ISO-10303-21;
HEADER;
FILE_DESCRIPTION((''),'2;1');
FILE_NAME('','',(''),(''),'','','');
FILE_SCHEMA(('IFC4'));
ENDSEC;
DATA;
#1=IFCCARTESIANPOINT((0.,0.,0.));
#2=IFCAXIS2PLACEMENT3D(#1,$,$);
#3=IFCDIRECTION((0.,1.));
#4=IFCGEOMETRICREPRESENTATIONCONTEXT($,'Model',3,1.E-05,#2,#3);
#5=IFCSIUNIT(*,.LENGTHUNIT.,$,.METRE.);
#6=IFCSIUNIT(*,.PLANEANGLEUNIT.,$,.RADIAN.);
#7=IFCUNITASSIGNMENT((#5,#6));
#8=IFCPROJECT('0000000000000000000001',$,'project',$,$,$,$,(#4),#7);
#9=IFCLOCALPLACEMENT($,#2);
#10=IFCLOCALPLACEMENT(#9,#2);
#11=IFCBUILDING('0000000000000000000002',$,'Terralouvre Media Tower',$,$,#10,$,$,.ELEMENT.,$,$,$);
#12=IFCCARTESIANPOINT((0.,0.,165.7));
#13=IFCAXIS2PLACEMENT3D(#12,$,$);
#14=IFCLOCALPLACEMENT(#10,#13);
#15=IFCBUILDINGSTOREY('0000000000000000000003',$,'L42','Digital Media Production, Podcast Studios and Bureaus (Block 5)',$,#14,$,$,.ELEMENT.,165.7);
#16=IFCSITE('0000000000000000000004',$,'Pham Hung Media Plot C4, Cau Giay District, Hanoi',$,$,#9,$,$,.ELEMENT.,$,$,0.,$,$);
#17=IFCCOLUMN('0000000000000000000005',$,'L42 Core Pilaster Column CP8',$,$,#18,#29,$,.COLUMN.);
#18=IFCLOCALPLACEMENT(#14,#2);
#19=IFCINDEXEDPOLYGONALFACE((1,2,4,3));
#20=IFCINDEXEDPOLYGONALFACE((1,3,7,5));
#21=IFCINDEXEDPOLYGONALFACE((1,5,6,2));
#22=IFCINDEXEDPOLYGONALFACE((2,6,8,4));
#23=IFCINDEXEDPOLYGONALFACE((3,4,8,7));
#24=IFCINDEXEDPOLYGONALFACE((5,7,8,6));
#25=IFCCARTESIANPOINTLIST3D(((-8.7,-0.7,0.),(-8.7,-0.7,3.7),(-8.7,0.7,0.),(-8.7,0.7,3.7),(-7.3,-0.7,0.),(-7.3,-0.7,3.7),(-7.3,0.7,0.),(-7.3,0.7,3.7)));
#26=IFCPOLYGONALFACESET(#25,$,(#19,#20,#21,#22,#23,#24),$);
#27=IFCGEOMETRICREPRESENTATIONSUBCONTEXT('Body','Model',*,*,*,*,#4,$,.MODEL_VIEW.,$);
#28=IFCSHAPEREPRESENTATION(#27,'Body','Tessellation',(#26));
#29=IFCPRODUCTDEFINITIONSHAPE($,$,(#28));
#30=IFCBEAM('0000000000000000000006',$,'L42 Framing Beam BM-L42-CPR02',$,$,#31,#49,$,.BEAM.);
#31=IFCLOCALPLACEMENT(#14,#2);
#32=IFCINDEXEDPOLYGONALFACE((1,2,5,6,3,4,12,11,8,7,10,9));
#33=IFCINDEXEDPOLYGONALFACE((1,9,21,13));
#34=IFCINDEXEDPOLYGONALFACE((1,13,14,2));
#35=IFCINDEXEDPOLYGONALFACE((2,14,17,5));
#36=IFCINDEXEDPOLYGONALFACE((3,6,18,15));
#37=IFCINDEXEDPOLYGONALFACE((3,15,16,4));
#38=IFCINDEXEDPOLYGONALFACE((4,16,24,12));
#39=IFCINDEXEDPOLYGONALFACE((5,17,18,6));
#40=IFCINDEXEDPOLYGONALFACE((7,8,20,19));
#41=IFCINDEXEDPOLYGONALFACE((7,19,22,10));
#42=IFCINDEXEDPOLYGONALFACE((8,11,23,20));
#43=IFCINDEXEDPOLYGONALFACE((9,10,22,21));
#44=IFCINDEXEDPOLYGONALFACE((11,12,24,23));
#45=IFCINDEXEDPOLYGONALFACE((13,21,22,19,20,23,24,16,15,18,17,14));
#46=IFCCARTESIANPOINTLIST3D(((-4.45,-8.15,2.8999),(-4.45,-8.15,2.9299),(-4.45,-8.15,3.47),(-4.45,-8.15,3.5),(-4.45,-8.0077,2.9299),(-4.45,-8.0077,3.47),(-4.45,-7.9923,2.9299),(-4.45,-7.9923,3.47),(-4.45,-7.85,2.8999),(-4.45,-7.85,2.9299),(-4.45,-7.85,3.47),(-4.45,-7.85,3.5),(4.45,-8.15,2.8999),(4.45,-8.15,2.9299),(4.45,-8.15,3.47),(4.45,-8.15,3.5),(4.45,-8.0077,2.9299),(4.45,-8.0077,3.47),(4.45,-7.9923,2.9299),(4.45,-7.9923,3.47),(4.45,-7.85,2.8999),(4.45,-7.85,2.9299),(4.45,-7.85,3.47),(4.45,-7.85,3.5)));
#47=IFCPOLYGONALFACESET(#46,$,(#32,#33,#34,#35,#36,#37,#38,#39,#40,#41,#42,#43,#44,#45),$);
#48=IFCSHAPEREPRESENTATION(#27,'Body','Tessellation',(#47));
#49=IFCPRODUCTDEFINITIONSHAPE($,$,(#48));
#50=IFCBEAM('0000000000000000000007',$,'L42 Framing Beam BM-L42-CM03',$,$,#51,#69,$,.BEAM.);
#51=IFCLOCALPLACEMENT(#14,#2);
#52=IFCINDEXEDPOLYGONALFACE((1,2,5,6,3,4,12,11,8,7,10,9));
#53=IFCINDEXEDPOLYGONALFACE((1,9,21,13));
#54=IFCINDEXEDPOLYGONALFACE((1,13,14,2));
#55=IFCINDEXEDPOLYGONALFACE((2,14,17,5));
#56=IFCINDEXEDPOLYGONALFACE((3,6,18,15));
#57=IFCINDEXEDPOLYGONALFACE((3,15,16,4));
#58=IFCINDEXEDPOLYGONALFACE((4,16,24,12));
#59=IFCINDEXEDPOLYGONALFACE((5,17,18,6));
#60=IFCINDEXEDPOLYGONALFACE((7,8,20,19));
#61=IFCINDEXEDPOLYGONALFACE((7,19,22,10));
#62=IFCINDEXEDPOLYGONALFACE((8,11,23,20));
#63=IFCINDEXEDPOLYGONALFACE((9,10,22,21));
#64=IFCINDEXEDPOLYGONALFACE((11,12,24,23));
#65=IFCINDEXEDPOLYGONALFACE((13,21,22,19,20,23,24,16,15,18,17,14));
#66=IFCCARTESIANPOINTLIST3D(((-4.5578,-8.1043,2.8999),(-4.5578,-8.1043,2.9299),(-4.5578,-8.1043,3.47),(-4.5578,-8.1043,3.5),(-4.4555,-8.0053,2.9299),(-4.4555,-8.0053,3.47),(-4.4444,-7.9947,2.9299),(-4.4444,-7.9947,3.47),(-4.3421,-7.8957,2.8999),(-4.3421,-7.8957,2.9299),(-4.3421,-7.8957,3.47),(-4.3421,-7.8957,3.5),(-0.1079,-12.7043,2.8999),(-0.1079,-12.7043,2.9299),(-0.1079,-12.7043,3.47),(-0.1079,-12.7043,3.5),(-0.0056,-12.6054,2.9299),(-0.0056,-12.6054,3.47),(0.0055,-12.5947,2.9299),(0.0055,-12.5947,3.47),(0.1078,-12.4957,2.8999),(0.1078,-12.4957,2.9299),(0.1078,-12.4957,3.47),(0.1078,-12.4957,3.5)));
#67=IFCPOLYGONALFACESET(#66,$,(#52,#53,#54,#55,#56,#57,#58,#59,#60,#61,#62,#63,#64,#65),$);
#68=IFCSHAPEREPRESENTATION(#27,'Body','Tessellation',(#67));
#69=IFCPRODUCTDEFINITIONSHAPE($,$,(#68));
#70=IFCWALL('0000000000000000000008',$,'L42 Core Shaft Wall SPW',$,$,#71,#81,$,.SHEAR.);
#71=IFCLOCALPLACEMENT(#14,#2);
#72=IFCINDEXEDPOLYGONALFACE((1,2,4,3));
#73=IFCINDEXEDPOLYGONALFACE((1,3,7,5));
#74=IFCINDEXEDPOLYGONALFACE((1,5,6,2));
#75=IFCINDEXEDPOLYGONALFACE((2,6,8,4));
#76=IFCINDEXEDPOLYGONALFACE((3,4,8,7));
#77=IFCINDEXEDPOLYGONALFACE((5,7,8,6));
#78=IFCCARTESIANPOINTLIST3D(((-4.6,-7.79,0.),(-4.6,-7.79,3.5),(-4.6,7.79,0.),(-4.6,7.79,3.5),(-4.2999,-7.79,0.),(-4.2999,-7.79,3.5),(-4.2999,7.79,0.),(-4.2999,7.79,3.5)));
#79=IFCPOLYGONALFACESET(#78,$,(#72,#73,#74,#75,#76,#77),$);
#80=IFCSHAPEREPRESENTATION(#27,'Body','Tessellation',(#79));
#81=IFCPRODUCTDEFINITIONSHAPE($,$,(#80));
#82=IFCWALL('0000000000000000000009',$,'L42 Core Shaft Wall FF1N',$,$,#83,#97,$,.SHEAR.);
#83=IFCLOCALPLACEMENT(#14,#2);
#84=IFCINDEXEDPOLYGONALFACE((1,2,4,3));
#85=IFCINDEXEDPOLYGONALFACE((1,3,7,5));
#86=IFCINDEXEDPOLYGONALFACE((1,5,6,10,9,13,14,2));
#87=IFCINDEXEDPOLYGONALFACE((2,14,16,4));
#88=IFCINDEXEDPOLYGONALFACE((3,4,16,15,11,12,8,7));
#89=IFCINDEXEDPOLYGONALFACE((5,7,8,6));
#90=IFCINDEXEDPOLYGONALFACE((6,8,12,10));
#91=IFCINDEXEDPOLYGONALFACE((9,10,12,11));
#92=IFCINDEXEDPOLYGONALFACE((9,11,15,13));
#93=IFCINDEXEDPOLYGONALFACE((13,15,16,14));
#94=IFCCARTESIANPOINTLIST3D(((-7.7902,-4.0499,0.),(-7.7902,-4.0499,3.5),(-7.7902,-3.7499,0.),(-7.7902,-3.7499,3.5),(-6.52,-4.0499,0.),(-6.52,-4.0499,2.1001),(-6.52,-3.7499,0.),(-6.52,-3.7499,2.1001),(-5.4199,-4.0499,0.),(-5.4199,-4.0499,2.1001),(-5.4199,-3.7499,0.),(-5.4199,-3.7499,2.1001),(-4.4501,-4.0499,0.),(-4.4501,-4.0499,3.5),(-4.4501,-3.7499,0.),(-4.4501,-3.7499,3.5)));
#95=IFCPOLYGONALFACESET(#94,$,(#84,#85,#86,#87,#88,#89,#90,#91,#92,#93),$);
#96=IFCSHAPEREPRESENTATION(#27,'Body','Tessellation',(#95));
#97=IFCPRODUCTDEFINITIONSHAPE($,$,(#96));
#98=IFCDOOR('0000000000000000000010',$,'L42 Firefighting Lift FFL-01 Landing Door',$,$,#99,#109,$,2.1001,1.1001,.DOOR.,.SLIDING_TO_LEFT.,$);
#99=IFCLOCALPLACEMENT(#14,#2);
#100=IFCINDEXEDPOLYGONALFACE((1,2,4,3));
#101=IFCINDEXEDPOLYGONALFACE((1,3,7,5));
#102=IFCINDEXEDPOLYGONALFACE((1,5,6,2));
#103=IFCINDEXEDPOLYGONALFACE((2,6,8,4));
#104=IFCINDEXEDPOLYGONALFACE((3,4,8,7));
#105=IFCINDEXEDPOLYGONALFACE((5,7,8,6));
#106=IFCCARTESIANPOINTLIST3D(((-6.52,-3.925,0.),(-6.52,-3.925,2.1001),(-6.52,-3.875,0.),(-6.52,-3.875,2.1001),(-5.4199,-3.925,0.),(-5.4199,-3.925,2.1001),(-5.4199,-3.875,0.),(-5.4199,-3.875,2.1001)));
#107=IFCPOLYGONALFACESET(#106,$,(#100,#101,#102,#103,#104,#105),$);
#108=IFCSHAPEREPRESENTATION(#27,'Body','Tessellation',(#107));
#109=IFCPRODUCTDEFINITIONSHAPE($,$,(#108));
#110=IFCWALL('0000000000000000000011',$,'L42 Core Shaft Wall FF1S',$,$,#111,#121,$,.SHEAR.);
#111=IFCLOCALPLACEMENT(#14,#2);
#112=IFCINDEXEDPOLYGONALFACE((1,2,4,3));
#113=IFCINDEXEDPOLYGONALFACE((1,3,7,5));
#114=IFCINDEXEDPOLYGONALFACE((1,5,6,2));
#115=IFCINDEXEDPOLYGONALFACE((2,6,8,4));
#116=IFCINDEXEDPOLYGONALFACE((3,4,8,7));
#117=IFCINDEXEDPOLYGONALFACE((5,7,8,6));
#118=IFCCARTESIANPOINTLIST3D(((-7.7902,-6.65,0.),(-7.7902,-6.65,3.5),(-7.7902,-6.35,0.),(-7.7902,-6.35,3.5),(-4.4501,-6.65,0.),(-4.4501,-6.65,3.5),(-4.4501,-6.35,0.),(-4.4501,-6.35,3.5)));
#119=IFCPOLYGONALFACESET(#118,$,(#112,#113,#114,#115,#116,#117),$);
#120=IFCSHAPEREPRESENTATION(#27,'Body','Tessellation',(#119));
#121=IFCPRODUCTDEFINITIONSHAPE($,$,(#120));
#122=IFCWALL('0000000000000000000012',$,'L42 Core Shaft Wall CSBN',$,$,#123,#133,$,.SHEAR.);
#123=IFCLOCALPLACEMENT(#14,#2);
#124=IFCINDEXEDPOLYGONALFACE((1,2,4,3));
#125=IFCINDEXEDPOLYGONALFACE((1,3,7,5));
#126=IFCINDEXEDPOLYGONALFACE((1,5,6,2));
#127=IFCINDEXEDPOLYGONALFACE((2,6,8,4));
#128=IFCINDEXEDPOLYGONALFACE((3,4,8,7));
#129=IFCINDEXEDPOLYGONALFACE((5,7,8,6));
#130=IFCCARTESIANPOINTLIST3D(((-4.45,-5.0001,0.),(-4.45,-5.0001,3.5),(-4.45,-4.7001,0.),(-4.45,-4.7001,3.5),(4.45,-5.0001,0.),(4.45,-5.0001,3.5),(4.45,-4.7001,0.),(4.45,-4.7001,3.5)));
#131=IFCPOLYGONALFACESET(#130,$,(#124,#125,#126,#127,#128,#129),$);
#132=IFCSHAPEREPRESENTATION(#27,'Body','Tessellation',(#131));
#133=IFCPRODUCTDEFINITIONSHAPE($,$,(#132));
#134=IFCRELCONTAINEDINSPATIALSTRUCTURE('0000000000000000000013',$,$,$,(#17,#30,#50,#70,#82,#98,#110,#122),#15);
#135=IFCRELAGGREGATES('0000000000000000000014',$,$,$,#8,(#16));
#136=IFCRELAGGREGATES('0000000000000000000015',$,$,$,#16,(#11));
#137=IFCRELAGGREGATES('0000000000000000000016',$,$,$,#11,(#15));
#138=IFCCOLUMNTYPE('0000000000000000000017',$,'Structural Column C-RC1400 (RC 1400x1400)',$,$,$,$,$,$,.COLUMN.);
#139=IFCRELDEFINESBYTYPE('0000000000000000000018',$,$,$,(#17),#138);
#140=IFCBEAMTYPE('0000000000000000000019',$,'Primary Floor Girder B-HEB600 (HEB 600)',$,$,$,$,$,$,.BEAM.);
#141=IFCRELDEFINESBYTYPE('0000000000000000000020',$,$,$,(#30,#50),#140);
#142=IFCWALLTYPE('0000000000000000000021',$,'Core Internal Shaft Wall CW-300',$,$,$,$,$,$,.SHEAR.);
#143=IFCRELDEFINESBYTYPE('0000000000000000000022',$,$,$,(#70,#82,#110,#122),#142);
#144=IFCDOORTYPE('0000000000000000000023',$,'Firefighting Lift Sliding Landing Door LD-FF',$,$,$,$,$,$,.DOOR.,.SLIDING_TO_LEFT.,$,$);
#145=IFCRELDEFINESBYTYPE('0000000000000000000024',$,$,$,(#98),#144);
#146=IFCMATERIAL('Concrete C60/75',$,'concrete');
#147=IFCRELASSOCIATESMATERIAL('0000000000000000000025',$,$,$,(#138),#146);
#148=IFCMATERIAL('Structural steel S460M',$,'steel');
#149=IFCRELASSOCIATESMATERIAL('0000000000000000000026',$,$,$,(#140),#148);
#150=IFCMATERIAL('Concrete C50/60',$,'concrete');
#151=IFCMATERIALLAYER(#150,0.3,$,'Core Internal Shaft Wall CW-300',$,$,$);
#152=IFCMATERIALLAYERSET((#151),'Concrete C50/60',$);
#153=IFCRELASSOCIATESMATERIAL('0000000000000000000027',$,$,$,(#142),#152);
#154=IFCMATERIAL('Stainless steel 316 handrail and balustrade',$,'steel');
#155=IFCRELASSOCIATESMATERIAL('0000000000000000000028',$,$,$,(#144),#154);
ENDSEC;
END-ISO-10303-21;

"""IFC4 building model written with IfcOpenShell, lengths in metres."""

from ifc_helpers import new_model, si_unit, direction, frame, frame_2d, origin, origin_2d, place, context, subcontext, project, spatial, rectangle, i_section, extrude, material, layer, layer_set, material_profile, profile_set, type_object, element, fill, save


model = new_model("IFC4")

# Units and contexts
model_context = context("Model", 3, precision=1e-05, world=origin(), true_north=direction((0.0, 1.0)))
body_context = subcontext(model_context, "Body", "Model", "MODEL_VIEW")
ifc_project = project(units=[si_unit("LENGTHUNIT", "METRE"), si_unit("PLANEANGLEUNIT", "RADIAN")], contexts=[model_context])

# Site, building, storey
site_placement = place(None, origin())
site = spatial("IfcSite", under=ifc_project, at=site_placement, Name="Pham Hung Media Plot C4, Cau Giay District, Hanoi", CompositionType="ELEMENT", RefElevation=0.0)
building_placement = place(site_placement, origin())
building = spatial("IfcBuilding", under=site, at=building_placement, Name="Terralouvre Media Tower", CompositionType="ELEMENT")
storey_placement = place(building_placement, frame((0.0, 0.0, 165.7)))
storey = spatial("IfcBuildingStorey", under=building, at=storey_placement, Name="L42", Description="Digital Media Production, Podcast Studios and Bureaus (Block 5)", CompositionType="ELEMENT", Elevation=165.7)

# Column
ifc_material_1 = material(Name="Concrete C60/75", Category="concrete")
ifc_material_profile_1 = material_profile(ifc_material_1, rectangle(XDim=1.3999, YDim=1.3999, at=origin_2d()), Name="RC 1400x1400")
ifc_profile_set_1 = profile_set([ifc_material_profile_1], Name="Concrete C60/75")
column_type = type_object("IfcColumnType", Name="Structural Column C-RC1400 (RC 1400x1400)", PredefinedType="COLUMN", material=ifc_profile_set_1)
column_placement = place(storey_placement, frame((-8.0, 0.0, 0.0), z_axis=(0.0, 0.0, 1.0), x_axis=(1.0, 0.0, 0.0)))
element("IfcColumn", 1, at=column_placement, inside=storey, type_object=column_type, Name="L42 Core Pilaster Column CP8", PredefinedType="COLUMN", context=body_context, shape_type="SweptSolid", body=[
    extrude(rectangle(XDim=1.3999, YDim=1.3999, at=origin_2d()), origin(), (0.0, 0.0, 1.0), 3.7),
])

# Beams
ifc_material_2 = material(Name="Structural steel S460M", Category="steel")
ifc_material_profile_2 = material_profile(ifc_material_2, i_section(OverallWidth=0.3, OverallDepth=0.6001, WebThickness=0.0154, FlangeThickness=0.03, at=origin_2d()), Name="HEB 600")
ifc_profile_set_2 = profile_set([ifc_material_profile_2], Name="Structural steel S460M")
beam_type = type_object("IfcBeamType", Name="Primary Floor Girder B-HEB600 (HEB 600)", PredefinedType="BEAM", material=ifc_profile_set_2)
beam_1_placement = place(storey_placement, frame((-4.45, -8.0, 3.2), z_axis=(1.0, 0.0, 0.0), x_axis=(0.0, 1.0, 0.0)))
element("IfcBeam", 2, at=beam_1_placement, inside=storey, type_object=beam_type, Name="L42 Framing Beam BM-L42-CPR02", PredefinedType="BEAM", context=body_context, shape_type="SweptSolid", body=[
    extrude(i_section(OverallWidth=0.3, OverallDepth=0.6001, WebThickness=0.0154, FlangeThickness=0.03, at=origin_2d()), origin(), (0.0, 0.0, 1.0), 8.8999),
])
beam_2_placement = place(storey_placement, frame((-4.45, -8.0, 3.2), z_axis=(0.69528, -0.718739, 0.0), x_axis=(0.718739, 0.69528, 0.0)))
element("IfcBeam", 3, at=beam_2_placement, inside=storey, type_object=beam_type, Name="L42 Framing Beam BM-L42-CM03", PredefinedType="BEAM", context=body_context, shape_type="SweptSolid", body=[
    extrude(i_section(OverallWidth=0.3, OverallDepth=0.6001, WebThickness=0.0154, FlangeThickness=0.03, at=origin_2d()), origin(), (0.0, 0.0, 1.0), 6.4001),
])

# Wall
ifc_material_3 = material(Name="Concrete C50/60", Category="concrete")
ifc_layer_1 = layer(ifc_material_3, 0.3, Name="Core Internal Shaft Wall CW-300")
ifc_layer_set_1 = layer_set([ifc_layer_1], Name="Concrete C50/60")
wall_type_1 = type_object("IfcWallType", Name="Core Internal Shaft Wall CW-300", PredefinedType="SHEAR", material=ifc_layer_set_1)
wall_1_placement = place(storey_placement, frame((-4.45, -7.79, 0.0), z_axis=(0.0, 0.0, 1.0), x_axis=(0.0, 1.0, 0.0)))
element("IfcWall", 4, at=wall_1_placement, inside=storey, type_object=wall_type_1, Name="L42 Core Shaft Wall SPW", PredefinedType="SHEAR", context=body_context, shape_type="SweptSolid", body=[
    extrude(rectangle(XDim=15.5801, YDim=0.3, at=frame_2d((7.79, 0.0))), origin(), (0.0, 0.0, 1.0), 3.5),
])

# Wall, opening, door
wall_2_placement = place(storey_placement, frame((-7.79, -3.8999, 0.0), z_axis=(0.0, 0.0, 1.0), x_axis=(1.0, 0.0, 0.0)))
wall_2 = element("IfcWall", 5, at=wall_2_placement, inside=storey, type_object=wall_type_1, Name="L42 Core Shaft Wall FF1N", PredefinedType="SHEAR", context=body_context, shape_type="SweptSolid", body=[
    extrude(rectangle(XDim=3.3401, YDim=0.3, at=frame_2d((1.6699, 0.0))), origin(), (0.0, 0.0, 1.0), 3.5),
])
opening_1_placement = place(wall_2_placement, frame((1.27, 0.0, 0.0)))
opening_1 = element("IfcOpeningElement", 6, at=opening_1_placement, cuts=wall_2, PredefinedType="OPENING", context=body_context, shape_type="SweptSolid", body=[
    extrude(rectangle(XDim=1.1001, YDim=2.1001, at=frame_2d((0.55, 1.05))), frame((0.0, 0.1599, 0.0), z_axis=(0.0, -1.0, 0.0), x_axis=(1.0, 0.0, 0.0)), (0.0, 0.0, 1.0), 0.3201),
])
ifc_material_4 = material(Name="Stainless steel 316 handrail and balustrade", Category="steel")
door_type_1 = type_object("IfcDoorType", Name="Firefighting Lift Sliding Landing Door LD-FF", OperationType="SLIDING_TO_LEFT", PredefinedType="DOOR", material=ifc_material_4)
door_1_placement = place(opening_1_placement, origin())
door_1 = element("IfcDoor", 7, at=door_1_placement, inside=storey, type_object=door_type_1, Name="L42 Firefighting Lift FFL-01 Landing Door", OperationType="SLIDING_TO_LEFT", OverallHeight=2.1001, OverallWidth=1.1001, PredefinedType="DOOR", context=body_context, shape_type="SweptSolid", body=[
    extrude(rectangle(XDim=1.1001, YDim=2.1001, at=frame_2d((0.55, 1.05))), frame((0.0, 0.0249, 0.0), z_axis=(0.0, -1.0, 0.0), x_axis=(1.0, 0.0, 0.0)), (0.0, 0.0, 1.0), 0.05),
])
fill(opening_1, door_1)

# Walls
wall_3_placement = place(storey_placement, frame((-7.79, -6.5, 0.0), z_axis=(0.0, 0.0, 1.0), x_axis=(1.0, 0.0, 0.0)))
element("IfcWall", 8, at=wall_3_placement, inside=storey, type_object=wall_type_1, Name="L42 Core Shaft Wall FF1S", PredefinedType="SHEAR", context=body_context, shape_type="SweptSolid", body=[
    extrude(rectangle(XDim=3.3401, YDim=0.3, at=frame_2d((1.6699, 0.0))), origin(), (0.0, 0.0, 1.0), 3.5),
])
wall_4_placement = place(storey_placement, frame((-4.45, -4.8501, 0.0), z_axis=(0.0, 0.0, 1.0), x_axis=(1.0, 0.0, 0.0)))
element("IfcWall", 9, at=wall_4_placement, inside=storey, type_object=wall_type_1, Name="L42 Core Shaft Wall CSBN", PredefinedType="SHEAR", context=body_context, shape_type="SweptSolid", body=[
    extrude(rectangle(XDim=8.8999, YDim=0.3, at=frame_2d((4.45, 0.0))), origin(), (0.0, 0.0, 1.0), 3.5),
])

save(model, "model.ifc")
